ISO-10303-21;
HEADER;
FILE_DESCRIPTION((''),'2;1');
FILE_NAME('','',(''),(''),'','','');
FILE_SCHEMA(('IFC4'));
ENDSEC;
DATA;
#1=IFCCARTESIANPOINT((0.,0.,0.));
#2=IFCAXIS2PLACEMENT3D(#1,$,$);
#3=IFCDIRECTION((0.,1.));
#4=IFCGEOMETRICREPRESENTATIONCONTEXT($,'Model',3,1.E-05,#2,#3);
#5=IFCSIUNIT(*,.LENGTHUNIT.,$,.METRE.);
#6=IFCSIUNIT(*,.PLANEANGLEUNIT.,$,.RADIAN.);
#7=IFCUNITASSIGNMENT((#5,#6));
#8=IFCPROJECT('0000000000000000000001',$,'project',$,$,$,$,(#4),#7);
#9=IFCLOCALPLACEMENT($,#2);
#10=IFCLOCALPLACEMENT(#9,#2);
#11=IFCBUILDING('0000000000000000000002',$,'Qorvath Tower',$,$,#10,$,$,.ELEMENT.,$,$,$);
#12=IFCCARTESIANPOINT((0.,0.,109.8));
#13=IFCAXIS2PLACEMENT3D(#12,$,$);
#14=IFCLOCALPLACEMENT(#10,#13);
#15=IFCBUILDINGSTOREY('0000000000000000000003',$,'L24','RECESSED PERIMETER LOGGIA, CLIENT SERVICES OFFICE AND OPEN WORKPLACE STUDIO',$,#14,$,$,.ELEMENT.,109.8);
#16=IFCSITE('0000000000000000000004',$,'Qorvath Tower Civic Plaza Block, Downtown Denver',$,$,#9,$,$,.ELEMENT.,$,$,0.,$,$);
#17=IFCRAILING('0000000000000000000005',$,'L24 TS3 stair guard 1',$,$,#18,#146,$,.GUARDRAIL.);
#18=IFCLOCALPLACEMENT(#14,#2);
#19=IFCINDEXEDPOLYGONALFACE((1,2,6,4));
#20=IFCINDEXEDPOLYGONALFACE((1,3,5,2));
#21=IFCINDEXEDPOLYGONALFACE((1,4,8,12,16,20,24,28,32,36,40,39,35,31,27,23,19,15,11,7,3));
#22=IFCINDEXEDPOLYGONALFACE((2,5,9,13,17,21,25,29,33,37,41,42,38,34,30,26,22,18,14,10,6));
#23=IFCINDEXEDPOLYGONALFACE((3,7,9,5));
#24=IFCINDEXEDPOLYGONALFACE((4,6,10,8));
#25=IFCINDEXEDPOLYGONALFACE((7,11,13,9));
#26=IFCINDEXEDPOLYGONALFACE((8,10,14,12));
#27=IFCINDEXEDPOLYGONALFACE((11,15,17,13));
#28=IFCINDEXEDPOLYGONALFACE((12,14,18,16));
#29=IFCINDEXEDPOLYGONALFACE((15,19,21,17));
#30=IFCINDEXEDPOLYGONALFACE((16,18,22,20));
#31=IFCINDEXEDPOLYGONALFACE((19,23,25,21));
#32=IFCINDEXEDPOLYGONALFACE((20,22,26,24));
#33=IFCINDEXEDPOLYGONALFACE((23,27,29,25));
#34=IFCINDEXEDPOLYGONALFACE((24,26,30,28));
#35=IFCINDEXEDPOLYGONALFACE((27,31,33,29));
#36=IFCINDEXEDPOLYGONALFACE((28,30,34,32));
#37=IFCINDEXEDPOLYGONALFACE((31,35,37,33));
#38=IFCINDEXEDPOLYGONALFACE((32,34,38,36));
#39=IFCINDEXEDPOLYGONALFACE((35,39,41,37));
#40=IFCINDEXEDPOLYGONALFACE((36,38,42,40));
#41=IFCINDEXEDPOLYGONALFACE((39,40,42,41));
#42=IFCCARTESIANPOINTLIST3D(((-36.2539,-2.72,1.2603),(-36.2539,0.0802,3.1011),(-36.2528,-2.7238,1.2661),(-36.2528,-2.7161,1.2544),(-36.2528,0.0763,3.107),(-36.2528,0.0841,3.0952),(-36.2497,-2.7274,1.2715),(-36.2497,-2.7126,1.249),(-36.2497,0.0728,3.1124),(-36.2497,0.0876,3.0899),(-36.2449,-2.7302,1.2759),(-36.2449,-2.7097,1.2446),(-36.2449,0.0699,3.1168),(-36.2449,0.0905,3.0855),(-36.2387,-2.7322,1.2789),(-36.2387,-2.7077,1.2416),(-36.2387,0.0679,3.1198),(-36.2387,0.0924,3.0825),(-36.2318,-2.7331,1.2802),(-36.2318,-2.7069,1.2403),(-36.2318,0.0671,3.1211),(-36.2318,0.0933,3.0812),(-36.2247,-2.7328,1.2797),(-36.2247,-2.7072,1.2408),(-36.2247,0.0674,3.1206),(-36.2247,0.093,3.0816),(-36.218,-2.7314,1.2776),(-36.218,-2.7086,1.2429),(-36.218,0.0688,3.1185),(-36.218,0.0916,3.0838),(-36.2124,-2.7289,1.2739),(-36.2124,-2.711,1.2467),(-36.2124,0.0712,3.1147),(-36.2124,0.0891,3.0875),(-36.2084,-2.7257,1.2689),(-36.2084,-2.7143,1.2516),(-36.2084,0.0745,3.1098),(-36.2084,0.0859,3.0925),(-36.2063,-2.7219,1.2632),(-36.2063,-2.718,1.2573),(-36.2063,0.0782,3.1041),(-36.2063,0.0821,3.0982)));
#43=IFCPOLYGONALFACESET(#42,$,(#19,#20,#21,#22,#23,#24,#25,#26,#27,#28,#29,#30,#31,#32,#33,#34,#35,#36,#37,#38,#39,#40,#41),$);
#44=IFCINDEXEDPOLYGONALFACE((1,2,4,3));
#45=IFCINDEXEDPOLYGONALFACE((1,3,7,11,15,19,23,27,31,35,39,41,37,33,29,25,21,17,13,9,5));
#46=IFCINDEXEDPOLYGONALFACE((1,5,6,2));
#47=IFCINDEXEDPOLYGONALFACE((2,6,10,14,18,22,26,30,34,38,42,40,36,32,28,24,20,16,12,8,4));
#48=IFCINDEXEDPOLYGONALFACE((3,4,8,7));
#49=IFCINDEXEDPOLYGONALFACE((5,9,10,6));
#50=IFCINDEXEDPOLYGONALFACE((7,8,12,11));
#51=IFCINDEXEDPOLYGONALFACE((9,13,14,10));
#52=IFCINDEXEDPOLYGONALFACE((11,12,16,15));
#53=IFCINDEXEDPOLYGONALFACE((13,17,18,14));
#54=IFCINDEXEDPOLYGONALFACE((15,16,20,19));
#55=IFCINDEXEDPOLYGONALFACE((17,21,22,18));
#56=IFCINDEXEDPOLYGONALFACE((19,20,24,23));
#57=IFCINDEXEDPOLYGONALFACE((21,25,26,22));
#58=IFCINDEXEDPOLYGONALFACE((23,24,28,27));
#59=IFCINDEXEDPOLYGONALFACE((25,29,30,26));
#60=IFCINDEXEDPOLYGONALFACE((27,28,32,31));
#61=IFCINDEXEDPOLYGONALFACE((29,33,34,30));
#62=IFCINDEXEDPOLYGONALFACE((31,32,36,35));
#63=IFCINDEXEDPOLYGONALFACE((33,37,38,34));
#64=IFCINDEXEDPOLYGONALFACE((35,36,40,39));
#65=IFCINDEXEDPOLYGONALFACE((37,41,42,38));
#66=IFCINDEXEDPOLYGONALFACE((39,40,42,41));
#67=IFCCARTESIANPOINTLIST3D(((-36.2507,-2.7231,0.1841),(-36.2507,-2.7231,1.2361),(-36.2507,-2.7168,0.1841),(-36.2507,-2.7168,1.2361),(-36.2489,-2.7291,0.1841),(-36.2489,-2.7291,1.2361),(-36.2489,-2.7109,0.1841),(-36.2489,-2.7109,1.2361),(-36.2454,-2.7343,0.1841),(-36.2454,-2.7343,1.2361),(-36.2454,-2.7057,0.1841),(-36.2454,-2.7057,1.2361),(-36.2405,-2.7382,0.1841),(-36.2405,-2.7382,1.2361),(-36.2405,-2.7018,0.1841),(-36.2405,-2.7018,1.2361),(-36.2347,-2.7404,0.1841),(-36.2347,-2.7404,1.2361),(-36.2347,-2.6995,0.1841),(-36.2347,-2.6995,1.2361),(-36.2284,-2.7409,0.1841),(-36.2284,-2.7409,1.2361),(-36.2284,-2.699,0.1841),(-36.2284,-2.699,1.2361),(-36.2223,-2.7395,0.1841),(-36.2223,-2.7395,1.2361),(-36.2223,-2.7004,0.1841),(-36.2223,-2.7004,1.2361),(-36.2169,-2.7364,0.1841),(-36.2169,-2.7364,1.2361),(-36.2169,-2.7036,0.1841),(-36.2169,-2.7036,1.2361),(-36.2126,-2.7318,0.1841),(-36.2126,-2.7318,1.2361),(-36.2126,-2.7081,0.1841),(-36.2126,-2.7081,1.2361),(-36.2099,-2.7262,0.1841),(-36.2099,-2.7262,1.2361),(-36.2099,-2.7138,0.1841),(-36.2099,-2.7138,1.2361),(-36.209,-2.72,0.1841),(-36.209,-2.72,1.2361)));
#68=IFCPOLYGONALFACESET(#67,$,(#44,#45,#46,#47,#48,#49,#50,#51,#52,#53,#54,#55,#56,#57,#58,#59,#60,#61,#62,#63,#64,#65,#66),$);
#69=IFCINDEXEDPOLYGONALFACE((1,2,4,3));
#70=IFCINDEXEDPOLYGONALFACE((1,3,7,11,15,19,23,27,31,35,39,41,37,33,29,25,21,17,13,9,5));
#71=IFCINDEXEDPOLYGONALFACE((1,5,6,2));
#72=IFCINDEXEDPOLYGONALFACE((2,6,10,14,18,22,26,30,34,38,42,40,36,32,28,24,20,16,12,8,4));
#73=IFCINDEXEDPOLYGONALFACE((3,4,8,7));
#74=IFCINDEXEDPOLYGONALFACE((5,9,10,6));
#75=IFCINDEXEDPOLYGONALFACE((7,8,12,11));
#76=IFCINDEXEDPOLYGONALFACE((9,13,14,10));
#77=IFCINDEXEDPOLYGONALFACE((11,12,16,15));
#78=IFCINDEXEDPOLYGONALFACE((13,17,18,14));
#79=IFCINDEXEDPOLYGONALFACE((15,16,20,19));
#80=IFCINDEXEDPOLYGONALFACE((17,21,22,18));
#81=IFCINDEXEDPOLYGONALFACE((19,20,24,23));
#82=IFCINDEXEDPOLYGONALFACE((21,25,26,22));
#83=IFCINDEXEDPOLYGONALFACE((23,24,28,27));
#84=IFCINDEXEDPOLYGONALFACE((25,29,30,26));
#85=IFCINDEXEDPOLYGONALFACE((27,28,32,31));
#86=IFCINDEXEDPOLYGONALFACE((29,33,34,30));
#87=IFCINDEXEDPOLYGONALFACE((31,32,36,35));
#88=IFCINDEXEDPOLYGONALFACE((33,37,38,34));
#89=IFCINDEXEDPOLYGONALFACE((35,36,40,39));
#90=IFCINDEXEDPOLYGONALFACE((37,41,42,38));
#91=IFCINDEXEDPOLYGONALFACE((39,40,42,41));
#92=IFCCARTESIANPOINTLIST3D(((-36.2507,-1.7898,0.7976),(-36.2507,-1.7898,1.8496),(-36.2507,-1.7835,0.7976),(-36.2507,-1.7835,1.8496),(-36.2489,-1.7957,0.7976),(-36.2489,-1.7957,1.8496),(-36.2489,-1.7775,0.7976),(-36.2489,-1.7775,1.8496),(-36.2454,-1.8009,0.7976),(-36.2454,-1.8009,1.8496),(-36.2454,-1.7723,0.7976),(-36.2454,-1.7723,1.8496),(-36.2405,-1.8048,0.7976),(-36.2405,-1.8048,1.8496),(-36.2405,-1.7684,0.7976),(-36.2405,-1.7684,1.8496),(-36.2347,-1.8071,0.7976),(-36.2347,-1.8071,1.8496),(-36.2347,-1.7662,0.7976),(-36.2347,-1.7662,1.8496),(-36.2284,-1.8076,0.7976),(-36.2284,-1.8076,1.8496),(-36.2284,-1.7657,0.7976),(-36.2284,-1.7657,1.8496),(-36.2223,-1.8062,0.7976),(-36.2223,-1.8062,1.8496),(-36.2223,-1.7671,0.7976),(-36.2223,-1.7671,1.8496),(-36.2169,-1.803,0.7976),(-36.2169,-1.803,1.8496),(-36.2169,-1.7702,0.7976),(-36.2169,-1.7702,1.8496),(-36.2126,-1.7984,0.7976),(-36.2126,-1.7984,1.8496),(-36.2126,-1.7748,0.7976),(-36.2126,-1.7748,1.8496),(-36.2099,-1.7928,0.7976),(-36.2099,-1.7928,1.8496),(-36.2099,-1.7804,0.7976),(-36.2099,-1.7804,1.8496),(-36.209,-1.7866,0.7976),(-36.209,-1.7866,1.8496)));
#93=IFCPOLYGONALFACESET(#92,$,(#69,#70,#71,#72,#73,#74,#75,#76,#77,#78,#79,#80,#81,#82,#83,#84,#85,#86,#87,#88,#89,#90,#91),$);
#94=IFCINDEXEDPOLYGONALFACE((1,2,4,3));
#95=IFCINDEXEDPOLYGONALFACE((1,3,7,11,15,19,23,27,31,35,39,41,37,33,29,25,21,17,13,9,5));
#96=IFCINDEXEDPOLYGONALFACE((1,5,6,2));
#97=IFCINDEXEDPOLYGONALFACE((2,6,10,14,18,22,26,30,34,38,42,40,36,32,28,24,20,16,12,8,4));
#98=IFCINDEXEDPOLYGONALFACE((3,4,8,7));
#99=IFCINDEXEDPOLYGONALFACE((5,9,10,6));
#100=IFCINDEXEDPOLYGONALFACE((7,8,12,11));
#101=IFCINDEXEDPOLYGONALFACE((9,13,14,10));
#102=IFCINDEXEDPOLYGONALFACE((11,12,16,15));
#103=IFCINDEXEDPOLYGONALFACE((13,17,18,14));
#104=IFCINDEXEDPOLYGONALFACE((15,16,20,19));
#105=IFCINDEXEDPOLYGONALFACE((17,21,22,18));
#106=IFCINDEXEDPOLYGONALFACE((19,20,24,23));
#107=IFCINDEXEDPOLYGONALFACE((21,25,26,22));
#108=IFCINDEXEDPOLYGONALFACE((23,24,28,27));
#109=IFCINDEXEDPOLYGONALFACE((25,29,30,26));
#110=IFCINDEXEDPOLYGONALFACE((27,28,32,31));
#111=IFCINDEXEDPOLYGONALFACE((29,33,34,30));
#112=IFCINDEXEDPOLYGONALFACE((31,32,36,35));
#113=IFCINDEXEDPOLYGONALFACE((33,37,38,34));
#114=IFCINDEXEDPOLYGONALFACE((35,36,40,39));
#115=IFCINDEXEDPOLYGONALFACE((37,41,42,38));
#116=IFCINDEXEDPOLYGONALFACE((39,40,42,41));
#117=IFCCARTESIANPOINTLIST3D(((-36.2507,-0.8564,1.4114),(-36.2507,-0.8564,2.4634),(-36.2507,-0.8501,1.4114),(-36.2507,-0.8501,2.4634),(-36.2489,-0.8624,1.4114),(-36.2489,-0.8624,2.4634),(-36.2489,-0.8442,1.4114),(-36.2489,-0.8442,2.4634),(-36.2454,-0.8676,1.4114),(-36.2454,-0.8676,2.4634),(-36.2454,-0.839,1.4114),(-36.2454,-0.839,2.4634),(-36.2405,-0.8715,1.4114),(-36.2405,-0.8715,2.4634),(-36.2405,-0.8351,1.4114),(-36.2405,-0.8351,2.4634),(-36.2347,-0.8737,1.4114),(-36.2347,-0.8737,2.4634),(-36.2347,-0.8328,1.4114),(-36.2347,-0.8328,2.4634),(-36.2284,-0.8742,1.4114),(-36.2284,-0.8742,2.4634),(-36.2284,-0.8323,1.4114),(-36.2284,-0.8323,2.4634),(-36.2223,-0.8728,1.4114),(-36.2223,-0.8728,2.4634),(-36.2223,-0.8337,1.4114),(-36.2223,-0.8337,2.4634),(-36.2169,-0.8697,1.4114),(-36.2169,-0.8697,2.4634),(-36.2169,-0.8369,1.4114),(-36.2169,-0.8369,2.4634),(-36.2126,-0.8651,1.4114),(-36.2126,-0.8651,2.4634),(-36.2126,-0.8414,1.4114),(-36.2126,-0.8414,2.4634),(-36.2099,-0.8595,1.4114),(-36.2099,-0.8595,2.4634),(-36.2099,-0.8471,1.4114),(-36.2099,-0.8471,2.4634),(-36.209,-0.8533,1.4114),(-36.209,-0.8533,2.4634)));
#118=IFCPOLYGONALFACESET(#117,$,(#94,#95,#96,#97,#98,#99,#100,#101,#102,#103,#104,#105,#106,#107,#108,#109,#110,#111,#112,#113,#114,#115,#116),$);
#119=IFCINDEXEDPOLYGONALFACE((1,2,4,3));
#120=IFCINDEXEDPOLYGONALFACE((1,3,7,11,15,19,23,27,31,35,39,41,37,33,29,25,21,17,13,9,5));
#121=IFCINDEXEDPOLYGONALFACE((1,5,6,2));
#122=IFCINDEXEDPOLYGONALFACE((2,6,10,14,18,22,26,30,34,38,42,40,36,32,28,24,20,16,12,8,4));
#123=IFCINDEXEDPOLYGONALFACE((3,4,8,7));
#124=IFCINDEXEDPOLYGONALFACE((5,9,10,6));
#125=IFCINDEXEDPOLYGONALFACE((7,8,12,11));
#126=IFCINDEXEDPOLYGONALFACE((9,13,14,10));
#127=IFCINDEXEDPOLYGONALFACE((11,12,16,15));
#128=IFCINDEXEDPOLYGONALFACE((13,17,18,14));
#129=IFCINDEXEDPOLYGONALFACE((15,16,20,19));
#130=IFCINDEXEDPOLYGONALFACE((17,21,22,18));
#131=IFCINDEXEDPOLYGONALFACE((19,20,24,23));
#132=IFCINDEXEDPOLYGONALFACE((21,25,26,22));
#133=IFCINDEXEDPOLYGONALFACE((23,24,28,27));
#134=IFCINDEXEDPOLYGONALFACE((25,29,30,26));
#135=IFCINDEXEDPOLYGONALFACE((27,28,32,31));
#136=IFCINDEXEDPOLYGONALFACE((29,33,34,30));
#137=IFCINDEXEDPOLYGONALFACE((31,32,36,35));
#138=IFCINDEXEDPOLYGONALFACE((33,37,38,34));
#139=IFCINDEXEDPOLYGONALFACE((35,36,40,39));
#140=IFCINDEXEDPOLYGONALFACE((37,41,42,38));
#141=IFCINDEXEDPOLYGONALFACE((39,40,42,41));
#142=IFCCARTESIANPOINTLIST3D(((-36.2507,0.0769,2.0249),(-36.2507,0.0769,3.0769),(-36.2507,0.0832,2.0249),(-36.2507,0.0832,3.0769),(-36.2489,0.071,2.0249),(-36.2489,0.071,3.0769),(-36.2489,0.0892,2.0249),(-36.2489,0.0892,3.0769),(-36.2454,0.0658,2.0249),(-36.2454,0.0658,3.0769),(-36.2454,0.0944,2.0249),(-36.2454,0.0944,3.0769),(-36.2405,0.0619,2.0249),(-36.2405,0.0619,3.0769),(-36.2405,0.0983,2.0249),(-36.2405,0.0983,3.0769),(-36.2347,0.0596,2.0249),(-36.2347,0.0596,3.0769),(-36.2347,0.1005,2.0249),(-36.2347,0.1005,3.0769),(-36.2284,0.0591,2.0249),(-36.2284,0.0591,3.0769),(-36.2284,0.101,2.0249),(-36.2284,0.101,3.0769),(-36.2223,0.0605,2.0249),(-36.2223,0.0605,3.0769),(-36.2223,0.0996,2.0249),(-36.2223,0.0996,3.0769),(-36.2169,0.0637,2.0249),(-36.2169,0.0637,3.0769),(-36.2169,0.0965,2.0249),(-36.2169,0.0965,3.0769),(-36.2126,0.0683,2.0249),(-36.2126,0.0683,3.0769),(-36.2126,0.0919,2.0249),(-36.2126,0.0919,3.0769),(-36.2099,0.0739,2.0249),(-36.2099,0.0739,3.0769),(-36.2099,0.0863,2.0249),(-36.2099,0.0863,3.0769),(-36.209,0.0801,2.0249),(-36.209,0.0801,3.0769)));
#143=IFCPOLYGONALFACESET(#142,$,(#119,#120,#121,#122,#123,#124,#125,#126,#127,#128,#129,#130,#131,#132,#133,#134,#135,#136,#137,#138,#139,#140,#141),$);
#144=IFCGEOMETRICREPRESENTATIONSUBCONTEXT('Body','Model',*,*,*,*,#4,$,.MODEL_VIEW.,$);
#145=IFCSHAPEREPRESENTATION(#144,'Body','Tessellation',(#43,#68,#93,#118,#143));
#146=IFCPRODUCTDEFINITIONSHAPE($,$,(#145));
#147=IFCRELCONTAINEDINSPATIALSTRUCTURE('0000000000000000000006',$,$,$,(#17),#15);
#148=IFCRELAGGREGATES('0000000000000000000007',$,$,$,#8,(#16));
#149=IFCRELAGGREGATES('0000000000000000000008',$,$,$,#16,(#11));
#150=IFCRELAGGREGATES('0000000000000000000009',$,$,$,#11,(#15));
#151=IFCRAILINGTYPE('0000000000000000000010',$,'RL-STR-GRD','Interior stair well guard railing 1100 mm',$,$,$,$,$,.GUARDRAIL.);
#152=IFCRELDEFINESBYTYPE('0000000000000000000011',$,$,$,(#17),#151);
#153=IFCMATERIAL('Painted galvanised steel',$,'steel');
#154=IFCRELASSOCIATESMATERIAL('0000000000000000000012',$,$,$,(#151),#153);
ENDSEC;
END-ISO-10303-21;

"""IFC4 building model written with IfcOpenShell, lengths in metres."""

from ifc_helpers import new_model, si_unit, direction, frame, origin, origin_2d, place, context, subcontext, project, spatial, circle, extrude, material, type_object, element, save


model = new_model("IFC4")

# Units and contexts
model_context = context("Model", 3, precision=1e-05, world=origin(), true_north=direction((0.0, 1.0)))
body_context = subcontext(model_context, "Body", "Model", "MODEL_VIEW")
ifc_project = project(units=[si_unit("LENGTHUNIT", "METRE"), si_unit("PLANEANGLEUNIT", "RADIAN")], contexts=[model_context])

# Site, building, storey
site_placement = place(None, origin())
site = spatial("IfcSite", under=ifc_project, at=site_placement, Name="Qorvath Tower Civic Plaza Block, Downtown Denver", CompositionType="ELEMENT", RefElevation=0.0)
building_placement = place(site_placement, origin())
building = spatial("IfcBuilding", under=site, at=building_placement, Name="Qorvath Tower", CompositionType="ELEMENT")
storey_placement = place(building_placement, frame((0.0, 0.0, 109.8)))
storey = spatial("IfcBuildingStorey", under=building, at=storey_placement, Name="L24", Description="RECESSED PERIMETER LOGGIA, CLIENT SERVICES OFFICE AND OPEN WORKPLACE STUDIO", CompositionType="ELEMENT", Elevation=109.8)

# Railing
ifc_material_1 = material(Name="Painted galvanised steel", Category="steel")
railing_type_1 = type_object("IfcRailingType", Name="RL-STR-GRD", Description="Interior stair well guard railing 1100 mm", PredefinedType="GUARDRAIL", material=ifc_material_1)
railing_1_placement = place(storey_placement, frame((-36.23, -2.72, 0.1841)))
element("IfcRailing", 1, at=railing_1_placement, inside=storey, type_object=railing_type_1, Name="L24 TS3 stair guard 1", PredefinedType="GUARDRAIL", context=body_context, shape_type="SweptSolid", body=[
    extrude(circle(Radius=0.0239, at=origin_2d()), frame((0.0, 0.0, 1.0762), z_axis=(0.0, 0.835598, 0.549342), x_axis=(-1.0, 0.0, 0.0)), (0.0, 0.0, 1.0), 3.3511),
    extrude(circle(Radius=0.021, at=origin_2d()), origin(), (0.0, 0.0, 1.0), 1.052),
    extrude(circle(Radius=0.021, at=origin_2d()), frame((0.0, 0.9333, 0.6135)), (0.0, 0.0, 1.0), 1.052),
    extrude(circle(Radius=0.021, at=origin_2d()), frame((0.0, 1.8667, 1.2273)), (0.0, 0.0, 1.0), 1.052),
    extrude(circle(Radius=0.021, at=origin_2d()), frame((0.0, 2.8, 1.8408)), (0.0, 0.0, 1.0), 1.052),
])

save(model, "model.ifc")
